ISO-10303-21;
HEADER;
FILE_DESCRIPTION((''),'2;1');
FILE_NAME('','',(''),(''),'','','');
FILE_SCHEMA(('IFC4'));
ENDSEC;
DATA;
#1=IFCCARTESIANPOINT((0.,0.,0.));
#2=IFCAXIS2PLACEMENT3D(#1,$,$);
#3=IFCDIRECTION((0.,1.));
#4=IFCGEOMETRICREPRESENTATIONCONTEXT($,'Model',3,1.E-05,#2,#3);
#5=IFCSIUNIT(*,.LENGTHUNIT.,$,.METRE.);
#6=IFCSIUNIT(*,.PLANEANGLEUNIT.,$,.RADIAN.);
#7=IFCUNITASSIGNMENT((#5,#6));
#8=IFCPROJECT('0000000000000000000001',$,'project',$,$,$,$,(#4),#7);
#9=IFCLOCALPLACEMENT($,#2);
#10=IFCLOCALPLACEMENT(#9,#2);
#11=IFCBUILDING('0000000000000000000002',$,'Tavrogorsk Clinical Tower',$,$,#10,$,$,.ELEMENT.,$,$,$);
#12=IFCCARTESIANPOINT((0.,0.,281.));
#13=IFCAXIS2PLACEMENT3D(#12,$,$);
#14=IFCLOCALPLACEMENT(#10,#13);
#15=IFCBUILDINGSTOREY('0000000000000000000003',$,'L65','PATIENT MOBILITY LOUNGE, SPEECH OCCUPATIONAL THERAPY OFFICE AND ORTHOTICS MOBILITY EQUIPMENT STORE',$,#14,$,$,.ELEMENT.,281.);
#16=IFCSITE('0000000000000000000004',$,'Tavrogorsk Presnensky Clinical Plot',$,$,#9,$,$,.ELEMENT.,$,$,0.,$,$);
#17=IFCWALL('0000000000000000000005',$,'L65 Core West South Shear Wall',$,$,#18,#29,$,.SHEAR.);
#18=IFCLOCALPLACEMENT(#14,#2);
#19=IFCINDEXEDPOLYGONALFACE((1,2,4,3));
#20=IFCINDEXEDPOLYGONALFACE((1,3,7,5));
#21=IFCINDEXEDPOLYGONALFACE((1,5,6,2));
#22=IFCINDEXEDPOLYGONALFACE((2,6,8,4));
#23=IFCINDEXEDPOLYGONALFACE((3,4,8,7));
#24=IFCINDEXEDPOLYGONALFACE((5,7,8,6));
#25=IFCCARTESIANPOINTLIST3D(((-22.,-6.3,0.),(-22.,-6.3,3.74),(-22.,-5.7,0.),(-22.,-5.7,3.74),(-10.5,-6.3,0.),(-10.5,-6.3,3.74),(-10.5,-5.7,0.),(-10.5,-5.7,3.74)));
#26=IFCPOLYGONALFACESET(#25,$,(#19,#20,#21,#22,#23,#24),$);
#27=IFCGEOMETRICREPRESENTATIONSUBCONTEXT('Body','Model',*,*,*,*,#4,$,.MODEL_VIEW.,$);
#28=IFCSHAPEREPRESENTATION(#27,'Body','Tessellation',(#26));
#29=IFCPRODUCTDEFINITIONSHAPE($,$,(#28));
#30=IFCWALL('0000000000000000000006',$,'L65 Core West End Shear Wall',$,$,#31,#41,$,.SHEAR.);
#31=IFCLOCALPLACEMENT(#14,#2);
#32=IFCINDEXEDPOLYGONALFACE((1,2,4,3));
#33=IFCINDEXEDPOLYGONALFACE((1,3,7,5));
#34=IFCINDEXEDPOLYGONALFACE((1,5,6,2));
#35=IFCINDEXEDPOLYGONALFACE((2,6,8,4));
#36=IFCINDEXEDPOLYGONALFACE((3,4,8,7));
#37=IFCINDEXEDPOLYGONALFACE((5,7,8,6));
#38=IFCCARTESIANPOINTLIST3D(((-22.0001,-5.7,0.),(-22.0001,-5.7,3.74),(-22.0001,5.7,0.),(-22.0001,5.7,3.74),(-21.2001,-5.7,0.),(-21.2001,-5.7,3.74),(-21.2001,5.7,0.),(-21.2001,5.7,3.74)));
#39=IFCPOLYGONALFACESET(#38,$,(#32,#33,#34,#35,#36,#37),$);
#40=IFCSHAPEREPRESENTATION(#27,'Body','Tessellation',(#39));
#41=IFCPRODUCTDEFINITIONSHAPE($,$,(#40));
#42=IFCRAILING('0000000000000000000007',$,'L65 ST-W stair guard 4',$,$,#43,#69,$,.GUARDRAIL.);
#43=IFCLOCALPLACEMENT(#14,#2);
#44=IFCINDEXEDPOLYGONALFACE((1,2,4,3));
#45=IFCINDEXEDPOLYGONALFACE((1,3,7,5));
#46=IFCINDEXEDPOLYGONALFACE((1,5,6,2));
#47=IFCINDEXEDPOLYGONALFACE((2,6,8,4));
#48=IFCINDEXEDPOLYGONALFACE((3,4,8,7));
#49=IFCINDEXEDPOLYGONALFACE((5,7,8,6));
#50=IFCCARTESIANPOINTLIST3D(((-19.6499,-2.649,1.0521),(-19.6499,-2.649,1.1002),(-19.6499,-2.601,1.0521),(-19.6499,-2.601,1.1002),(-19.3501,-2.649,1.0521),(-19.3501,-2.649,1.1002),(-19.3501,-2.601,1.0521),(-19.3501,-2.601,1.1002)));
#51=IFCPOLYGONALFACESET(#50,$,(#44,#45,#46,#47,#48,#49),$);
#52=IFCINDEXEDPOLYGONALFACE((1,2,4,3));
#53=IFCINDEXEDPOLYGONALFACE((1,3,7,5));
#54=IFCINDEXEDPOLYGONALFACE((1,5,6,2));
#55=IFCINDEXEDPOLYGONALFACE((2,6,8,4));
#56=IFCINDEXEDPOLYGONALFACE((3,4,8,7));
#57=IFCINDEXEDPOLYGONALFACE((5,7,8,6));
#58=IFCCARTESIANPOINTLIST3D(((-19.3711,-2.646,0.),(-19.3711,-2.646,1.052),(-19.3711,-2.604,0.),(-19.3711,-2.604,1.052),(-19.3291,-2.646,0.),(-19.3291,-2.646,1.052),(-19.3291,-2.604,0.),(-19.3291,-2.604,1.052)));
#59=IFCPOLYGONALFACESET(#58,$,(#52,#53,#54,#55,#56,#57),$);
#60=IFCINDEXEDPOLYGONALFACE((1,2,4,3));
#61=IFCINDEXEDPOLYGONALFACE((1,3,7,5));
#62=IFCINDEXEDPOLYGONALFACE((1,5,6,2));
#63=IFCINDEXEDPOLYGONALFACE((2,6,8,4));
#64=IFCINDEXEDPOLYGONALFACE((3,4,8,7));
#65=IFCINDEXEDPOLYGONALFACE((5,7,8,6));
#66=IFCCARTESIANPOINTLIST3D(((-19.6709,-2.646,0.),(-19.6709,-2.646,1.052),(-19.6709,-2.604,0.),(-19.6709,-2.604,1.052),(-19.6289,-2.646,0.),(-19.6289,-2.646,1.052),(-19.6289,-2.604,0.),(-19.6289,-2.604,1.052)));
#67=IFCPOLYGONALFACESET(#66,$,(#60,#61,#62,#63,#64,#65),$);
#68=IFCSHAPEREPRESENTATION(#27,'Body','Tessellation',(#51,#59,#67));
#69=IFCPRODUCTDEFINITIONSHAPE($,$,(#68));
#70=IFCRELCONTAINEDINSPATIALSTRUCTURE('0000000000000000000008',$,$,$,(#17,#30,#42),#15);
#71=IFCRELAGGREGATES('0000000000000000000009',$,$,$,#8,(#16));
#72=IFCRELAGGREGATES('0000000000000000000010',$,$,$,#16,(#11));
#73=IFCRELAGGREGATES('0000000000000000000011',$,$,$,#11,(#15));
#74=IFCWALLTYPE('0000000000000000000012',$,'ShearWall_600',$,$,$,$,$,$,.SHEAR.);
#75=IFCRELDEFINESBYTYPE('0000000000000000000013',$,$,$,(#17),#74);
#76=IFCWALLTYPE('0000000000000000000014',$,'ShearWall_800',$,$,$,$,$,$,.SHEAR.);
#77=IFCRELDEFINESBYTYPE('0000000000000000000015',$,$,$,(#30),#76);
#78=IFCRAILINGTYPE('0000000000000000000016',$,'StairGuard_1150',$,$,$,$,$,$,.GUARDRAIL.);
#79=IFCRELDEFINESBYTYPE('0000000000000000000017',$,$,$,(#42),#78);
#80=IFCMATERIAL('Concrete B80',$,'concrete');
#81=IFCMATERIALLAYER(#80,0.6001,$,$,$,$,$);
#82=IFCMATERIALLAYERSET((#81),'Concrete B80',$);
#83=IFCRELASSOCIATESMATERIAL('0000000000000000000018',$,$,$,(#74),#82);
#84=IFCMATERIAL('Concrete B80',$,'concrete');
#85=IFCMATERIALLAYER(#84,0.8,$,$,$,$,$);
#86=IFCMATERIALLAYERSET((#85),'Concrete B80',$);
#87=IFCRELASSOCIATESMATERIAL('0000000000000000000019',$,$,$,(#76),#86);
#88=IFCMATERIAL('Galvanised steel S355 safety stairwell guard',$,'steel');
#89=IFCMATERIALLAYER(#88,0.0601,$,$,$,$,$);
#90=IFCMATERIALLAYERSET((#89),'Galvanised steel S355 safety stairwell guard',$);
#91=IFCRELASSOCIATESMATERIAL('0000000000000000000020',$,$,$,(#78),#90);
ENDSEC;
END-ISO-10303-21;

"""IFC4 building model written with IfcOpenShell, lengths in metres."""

from ifc_helpers import new_model, si_unit, direction, frame, frame_2d, origin, origin_2d, place, context, subcontext, project, spatial, rectangle, extrude, material, layer, layer_set, type_object, element, save


model = new_model("IFC4")

# Units and contexts
model_context = context("Model", 3, precision=1e-05, world=origin(), true_north=direction((0.0, 1.0)))
body_context = subcontext(model_context, "Body", "Model", "MODEL_VIEW")
ifc_project = project(units=[si_unit("LENGTHUNIT", "METRE"), si_unit("PLANEANGLEUNIT", "RADIAN")], contexts=[model_context])

# Site, building, storey
site_placement = place(None, origin())
site = spatial("IfcSite", under=ifc_project, at=site_placement, Name="Tavrogorsk Presnensky Clinical Plot", CompositionType="ELEMENT", RefElevation=0.0)
building_placement = place(site_placement, origin())
building = spatial("IfcBuilding", under=site, at=building_placement, Name="Tavrogorsk Clinical Tower", CompositionType="ELEMENT")
storey_placement = place(building_placement, frame((0.0, 0.0, 281.0)))
storey = spatial("IfcBuildingStorey", under=building, at=storey_placement, Name="L65", Description="PATIENT MOBILITY LOUNGE, SPEECH OCCUPATIONAL THERAPY OFFICE AND ORTHOTICS MOBILITY EQUIPMENT STORE", CompositionType="ELEMENT", Elevation=281.0)

# Walls
ifc_material_1 = material(Name="Concrete B80", Category="concrete")
ifc_layer_1 = layer(ifc_material_1, 0.6001)
ifc_layer_set_1 = layer_set([ifc_layer_1], Name="Concrete B80")
wall_type_1 = type_object("IfcWallType", Name="ShearWall_600", PredefinedType="SHEAR", material=ifc_layer_set_1)
wall_1_placement = place(storey_placement, frame((-22.0, -6.0, 0.0), z_axis=(0.0, 0.0, 1.0), x_axis=(1.0, 0.0, 0.0)))
element("IfcWall", 1, at=wall_1_placement, inside=storey, type_object=wall_type_1, Name="L65 Core West South Shear Wall", PredefinedType="SHEAR", context=body_context, shape_type="SweptSolid", body=[
    extrude(rectangle(XDim=11.5, YDim=0.6001, at=frame_2d((5.75, 0.0))), origin(), (0.0, 0.0, 1.0), 3.74),
])
ifc_material_2 = material(Name="Concrete B80", Category="concrete")
ifc_layer_2 = layer(ifc_material_2, 0.8)
ifc_layer_set_2 = layer_set([ifc_layer_2], Name="Concrete B80")
wall_type_2 = type_object("IfcWallType", Name="ShearWall_800", PredefinedType="SHEAR", material=ifc_layer_set_2)
wall_2_placement = place(storey_placement, frame((-21.6001, -5.7, 0.0), z_axis=(0.0, 0.0, 1.0), x_axis=(0.0, 1.0, 0.0)))
element("IfcWall", 2, at=wall_2_placement, inside=storey, type_object=wall_type_2, Name="L65 Core West End Shear Wall", PredefinedType="SHEAR", context=body_context, shape_type="SweptSolid", body=[
    extrude(rectangle(XDim=11.3999, YDim=0.8, at=frame_2d((5.7, 0.0))), origin(), (0.0, 0.0, 1.0), 3.74),
])

# Railing
ifc_material_3 = material(Name="Galvanised steel S355 safety stairwell guard", Category="steel")
ifc_layer_3 = layer(ifc_material_3, 0.0601)
ifc_layer_set_3 = layer_set([ifc_layer_3], Name="Galvanised steel S355 safety stairwell guard")
railing_type = type_object("IfcRailingType", Name="StairGuard_1150", PredefinedType="GUARDRAIL", material=ifc_layer_set_3)
railing_placement = place(storey_placement, frame((-19.3501, -2.625, 0.0)))
element("IfcRailing", 3, at=railing_placement, inside=storey, type_object=railing_type, Name="L65 ST-W stair guard 4", PredefinedType="GUARDRAIL", context=body_context, shape_type="SweptSolid", body=[
    extrude(rectangle(XDim=0.0481, YDim=0.0481, at=origin_2d()), frame((0.0, 0.0, 1.0762), z_axis=(-1.0, 0.0, 0.0), x_axis=(0.0, -1.0, 0.0)), (0.0, 0.0, 1.0), 0.2998),
    extrude(rectangle(XDim=0.042, YDim=0.042, at=origin_2d()), origin(), (0.0, 0.0, 1.0), 1.052),
    extrude(rectangle(XDim=0.042, YDim=0.042, at=origin_2d()), frame((-0.2998, 0.0, 0.0)), (0.0, 0.0, 1.0), 1.052),
])

save(model, "model.ifc")
